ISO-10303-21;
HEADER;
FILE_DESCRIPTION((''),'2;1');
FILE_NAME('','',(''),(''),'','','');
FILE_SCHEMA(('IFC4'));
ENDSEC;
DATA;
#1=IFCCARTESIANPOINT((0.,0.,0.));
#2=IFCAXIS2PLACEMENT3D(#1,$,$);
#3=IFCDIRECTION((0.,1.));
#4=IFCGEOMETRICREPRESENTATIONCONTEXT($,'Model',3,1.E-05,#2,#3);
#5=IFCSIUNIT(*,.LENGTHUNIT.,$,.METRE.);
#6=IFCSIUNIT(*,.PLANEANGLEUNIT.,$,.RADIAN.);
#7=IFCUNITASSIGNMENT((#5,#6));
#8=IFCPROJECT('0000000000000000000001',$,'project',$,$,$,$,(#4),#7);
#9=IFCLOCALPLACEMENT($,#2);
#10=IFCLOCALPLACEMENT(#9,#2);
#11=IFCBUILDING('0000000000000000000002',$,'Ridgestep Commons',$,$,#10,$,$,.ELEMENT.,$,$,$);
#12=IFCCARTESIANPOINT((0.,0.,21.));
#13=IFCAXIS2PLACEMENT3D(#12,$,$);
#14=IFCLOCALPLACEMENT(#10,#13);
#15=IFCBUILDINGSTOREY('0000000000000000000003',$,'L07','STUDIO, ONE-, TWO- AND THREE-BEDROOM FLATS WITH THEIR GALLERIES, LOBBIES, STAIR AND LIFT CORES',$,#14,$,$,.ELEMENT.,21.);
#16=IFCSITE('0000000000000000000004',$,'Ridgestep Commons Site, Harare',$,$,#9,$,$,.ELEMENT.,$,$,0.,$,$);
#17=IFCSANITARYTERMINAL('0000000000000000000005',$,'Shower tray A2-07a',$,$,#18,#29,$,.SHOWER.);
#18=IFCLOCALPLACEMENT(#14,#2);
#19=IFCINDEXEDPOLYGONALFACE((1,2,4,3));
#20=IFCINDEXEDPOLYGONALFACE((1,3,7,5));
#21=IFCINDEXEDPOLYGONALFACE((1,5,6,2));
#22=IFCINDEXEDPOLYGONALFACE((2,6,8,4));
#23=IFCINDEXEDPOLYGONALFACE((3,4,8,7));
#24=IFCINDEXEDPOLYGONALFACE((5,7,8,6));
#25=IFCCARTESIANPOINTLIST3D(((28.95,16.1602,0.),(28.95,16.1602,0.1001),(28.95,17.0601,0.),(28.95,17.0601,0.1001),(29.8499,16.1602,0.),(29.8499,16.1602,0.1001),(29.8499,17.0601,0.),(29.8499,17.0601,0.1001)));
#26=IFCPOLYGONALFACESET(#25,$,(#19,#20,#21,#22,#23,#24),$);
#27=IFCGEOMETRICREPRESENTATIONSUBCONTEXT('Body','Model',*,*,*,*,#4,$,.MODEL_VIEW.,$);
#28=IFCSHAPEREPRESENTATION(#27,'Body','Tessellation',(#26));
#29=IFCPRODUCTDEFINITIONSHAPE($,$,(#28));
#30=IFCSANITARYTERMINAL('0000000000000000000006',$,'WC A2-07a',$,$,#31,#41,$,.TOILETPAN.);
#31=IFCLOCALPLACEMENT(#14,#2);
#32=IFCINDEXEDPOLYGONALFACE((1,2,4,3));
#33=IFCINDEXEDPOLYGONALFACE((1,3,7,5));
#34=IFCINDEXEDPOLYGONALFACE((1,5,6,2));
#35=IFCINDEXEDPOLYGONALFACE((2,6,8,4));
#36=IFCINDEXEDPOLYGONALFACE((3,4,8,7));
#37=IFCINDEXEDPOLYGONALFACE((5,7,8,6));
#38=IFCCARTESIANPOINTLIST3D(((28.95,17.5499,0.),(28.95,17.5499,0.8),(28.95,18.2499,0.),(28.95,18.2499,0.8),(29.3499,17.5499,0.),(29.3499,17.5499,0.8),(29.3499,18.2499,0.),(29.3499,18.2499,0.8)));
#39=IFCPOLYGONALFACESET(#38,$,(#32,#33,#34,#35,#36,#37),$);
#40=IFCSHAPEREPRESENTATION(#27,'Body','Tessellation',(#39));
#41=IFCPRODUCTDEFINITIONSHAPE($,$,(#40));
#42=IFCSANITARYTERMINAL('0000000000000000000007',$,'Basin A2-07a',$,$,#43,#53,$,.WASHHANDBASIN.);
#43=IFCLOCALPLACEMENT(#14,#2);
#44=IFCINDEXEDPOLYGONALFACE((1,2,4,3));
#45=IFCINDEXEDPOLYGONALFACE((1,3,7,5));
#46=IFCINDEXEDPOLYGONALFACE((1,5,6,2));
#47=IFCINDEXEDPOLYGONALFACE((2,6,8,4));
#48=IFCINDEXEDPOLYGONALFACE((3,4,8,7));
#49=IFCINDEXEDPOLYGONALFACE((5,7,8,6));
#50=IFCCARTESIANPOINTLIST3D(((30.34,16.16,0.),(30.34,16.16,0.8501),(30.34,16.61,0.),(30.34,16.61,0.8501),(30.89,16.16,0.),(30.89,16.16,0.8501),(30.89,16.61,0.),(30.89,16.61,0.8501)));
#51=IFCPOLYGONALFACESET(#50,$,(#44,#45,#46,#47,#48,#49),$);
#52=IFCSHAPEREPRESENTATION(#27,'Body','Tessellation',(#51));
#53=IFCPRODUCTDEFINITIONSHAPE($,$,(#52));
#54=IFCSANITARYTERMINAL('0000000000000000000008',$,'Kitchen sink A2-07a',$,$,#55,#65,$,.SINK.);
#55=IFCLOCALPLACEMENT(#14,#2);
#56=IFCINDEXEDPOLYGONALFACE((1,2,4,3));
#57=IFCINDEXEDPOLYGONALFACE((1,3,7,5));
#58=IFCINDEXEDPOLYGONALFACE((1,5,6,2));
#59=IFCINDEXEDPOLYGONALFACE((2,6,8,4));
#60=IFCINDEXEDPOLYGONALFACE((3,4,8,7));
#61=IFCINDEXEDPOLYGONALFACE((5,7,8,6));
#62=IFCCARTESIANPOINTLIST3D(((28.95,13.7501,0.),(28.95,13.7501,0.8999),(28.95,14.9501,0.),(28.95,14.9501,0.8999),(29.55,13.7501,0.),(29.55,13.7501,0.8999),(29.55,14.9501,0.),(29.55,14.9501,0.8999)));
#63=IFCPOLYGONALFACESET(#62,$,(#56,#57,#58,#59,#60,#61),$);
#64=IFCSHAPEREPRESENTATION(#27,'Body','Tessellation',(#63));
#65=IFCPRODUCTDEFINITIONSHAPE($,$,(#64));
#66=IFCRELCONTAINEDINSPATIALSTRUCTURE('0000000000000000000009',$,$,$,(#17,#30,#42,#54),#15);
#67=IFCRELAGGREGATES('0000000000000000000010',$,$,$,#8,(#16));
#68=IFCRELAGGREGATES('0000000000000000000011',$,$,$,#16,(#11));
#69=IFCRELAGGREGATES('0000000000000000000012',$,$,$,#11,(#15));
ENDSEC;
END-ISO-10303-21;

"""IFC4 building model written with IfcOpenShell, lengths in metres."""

from ifc_helpers import new_model, si_unit, direction, frame, origin, origin_2d, place, context, subcontext, project, spatial, rectangle, extrude, element, save


model = new_model("IFC4")

# Units and contexts
model_context = context("Model", 3, precision=1e-05, world=origin(), true_north=direction((0.0, 1.0)))
body_context = subcontext(model_context, "Body", "Model", "MODEL_VIEW")
ifc_project = project(units=[si_unit("LENGTHUNIT", "METRE"), si_unit("PLANEANGLEUNIT", "RADIAN")], contexts=[model_context])

# Site, building, storey
site_placement = place(None, origin())
site = spatial("IfcSite", under=ifc_project, at=site_placement, Name="Ridgestep Commons Site, Harare", CompositionType="ELEMENT", RefElevation=0.0)
building_placement = place(site_placement, origin())
building = spatial("IfcBuilding", under=site, at=building_placement, Name="Ridgestep Commons", CompositionType="ELEMENT")
storey_placement = place(building_placement, frame((0.0, 0.0, 21.0)))
storey = spatial("IfcBuildingStorey", under=building, at=storey_placement, Name="L07", Description="STUDIO, ONE-, TWO- AND THREE-BEDROOM FLATS WITH THEIR GALLERIES, LOBBIES, STAIR AND LIFT CORES", CompositionType="ELEMENT", Elevation=21.0)

# Sanitary terminals
sanitary_terminal_1_placement = place(storey_placement, frame((29.3999, 16.6101, 0.0), z_axis=(0.0, 0.0, 1.0), x_axis=(1.0, 0.0, 0.0)))
element("IfcSanitaryTerminal", 1, at=sanitary_terminal_1_placement, inside=storey, Name="Shower tray A2-07a", PredefinedType="SHOWER", context=body_context, shape_type="SweptSolid", body=[
    extrude(rectangle(XDim=0.8999, YDim=0.8999, at=origin_2d()), origin(), (0.0, 0.0, 1.0), 0.1001),
])
sanitary_terminal_2_placement = place(storey_placement, frame((29.1499, 17.8999, 0.0), z_axis=(0.0, 0.0, 1.0), x_axis=(1.0, 0.0, 0.0)))
element("IfcSanitaryTerminal", 2, at=sanitary_terminal_2_placement, inside=storey, Name="WC A2-07a", PredefinedType="TOILETPAN", context=body_context, shape_type="SweptSolid", body=[
    extrude(rectangle(XDim=0.3999, YDim=0.7, at=origin_2d()), origin(), (0.0, 0.0, 1.0), 0.8),
])
sanitary_terminal_3_placement = place(storey_placement, frame((30.615, 16.385, 0.0), z_axis=(0.0, 0.0, 1.0), x_axis=(1.0, 0.0, 0.0)))
element("IfcSanitaryTerminal", 3, at=sanitary_terminal_3_placement, inside=storey, Name="Basin A2-07a", PredefinedType="WASHHANDBASIN", context=body_context, shape_type="SweptSolid", body=[
    extrude(rectangle(XDim=0.55, YDim=0.45, at=origin_2d()), origin(), (0.0, 0.0, 1.0), 0.8501),
])
sanitary_terminal_4_placement = place(storey_placement, frame((29.25, 14.3501, 0.0), z_axis=(0.0, 0.0, 1.0), x_axis=(1.0, 0.0, 0.0)))
element("IfcSanitaryTerminal", 4, at=sanitary_terminal_4_placement, inside=storey, Name="Kitchen sink A2-07a", PredefinedType="SINK", context=body_context, shape_type="SweptSolid", body=[
    extrude(rectangle(XDim=0.6001, YDim=1.2, at=origin_2d()), origin(), (0.0, 0.0, 1.0), 0.8999),
])

save(model, "model.ifc")
